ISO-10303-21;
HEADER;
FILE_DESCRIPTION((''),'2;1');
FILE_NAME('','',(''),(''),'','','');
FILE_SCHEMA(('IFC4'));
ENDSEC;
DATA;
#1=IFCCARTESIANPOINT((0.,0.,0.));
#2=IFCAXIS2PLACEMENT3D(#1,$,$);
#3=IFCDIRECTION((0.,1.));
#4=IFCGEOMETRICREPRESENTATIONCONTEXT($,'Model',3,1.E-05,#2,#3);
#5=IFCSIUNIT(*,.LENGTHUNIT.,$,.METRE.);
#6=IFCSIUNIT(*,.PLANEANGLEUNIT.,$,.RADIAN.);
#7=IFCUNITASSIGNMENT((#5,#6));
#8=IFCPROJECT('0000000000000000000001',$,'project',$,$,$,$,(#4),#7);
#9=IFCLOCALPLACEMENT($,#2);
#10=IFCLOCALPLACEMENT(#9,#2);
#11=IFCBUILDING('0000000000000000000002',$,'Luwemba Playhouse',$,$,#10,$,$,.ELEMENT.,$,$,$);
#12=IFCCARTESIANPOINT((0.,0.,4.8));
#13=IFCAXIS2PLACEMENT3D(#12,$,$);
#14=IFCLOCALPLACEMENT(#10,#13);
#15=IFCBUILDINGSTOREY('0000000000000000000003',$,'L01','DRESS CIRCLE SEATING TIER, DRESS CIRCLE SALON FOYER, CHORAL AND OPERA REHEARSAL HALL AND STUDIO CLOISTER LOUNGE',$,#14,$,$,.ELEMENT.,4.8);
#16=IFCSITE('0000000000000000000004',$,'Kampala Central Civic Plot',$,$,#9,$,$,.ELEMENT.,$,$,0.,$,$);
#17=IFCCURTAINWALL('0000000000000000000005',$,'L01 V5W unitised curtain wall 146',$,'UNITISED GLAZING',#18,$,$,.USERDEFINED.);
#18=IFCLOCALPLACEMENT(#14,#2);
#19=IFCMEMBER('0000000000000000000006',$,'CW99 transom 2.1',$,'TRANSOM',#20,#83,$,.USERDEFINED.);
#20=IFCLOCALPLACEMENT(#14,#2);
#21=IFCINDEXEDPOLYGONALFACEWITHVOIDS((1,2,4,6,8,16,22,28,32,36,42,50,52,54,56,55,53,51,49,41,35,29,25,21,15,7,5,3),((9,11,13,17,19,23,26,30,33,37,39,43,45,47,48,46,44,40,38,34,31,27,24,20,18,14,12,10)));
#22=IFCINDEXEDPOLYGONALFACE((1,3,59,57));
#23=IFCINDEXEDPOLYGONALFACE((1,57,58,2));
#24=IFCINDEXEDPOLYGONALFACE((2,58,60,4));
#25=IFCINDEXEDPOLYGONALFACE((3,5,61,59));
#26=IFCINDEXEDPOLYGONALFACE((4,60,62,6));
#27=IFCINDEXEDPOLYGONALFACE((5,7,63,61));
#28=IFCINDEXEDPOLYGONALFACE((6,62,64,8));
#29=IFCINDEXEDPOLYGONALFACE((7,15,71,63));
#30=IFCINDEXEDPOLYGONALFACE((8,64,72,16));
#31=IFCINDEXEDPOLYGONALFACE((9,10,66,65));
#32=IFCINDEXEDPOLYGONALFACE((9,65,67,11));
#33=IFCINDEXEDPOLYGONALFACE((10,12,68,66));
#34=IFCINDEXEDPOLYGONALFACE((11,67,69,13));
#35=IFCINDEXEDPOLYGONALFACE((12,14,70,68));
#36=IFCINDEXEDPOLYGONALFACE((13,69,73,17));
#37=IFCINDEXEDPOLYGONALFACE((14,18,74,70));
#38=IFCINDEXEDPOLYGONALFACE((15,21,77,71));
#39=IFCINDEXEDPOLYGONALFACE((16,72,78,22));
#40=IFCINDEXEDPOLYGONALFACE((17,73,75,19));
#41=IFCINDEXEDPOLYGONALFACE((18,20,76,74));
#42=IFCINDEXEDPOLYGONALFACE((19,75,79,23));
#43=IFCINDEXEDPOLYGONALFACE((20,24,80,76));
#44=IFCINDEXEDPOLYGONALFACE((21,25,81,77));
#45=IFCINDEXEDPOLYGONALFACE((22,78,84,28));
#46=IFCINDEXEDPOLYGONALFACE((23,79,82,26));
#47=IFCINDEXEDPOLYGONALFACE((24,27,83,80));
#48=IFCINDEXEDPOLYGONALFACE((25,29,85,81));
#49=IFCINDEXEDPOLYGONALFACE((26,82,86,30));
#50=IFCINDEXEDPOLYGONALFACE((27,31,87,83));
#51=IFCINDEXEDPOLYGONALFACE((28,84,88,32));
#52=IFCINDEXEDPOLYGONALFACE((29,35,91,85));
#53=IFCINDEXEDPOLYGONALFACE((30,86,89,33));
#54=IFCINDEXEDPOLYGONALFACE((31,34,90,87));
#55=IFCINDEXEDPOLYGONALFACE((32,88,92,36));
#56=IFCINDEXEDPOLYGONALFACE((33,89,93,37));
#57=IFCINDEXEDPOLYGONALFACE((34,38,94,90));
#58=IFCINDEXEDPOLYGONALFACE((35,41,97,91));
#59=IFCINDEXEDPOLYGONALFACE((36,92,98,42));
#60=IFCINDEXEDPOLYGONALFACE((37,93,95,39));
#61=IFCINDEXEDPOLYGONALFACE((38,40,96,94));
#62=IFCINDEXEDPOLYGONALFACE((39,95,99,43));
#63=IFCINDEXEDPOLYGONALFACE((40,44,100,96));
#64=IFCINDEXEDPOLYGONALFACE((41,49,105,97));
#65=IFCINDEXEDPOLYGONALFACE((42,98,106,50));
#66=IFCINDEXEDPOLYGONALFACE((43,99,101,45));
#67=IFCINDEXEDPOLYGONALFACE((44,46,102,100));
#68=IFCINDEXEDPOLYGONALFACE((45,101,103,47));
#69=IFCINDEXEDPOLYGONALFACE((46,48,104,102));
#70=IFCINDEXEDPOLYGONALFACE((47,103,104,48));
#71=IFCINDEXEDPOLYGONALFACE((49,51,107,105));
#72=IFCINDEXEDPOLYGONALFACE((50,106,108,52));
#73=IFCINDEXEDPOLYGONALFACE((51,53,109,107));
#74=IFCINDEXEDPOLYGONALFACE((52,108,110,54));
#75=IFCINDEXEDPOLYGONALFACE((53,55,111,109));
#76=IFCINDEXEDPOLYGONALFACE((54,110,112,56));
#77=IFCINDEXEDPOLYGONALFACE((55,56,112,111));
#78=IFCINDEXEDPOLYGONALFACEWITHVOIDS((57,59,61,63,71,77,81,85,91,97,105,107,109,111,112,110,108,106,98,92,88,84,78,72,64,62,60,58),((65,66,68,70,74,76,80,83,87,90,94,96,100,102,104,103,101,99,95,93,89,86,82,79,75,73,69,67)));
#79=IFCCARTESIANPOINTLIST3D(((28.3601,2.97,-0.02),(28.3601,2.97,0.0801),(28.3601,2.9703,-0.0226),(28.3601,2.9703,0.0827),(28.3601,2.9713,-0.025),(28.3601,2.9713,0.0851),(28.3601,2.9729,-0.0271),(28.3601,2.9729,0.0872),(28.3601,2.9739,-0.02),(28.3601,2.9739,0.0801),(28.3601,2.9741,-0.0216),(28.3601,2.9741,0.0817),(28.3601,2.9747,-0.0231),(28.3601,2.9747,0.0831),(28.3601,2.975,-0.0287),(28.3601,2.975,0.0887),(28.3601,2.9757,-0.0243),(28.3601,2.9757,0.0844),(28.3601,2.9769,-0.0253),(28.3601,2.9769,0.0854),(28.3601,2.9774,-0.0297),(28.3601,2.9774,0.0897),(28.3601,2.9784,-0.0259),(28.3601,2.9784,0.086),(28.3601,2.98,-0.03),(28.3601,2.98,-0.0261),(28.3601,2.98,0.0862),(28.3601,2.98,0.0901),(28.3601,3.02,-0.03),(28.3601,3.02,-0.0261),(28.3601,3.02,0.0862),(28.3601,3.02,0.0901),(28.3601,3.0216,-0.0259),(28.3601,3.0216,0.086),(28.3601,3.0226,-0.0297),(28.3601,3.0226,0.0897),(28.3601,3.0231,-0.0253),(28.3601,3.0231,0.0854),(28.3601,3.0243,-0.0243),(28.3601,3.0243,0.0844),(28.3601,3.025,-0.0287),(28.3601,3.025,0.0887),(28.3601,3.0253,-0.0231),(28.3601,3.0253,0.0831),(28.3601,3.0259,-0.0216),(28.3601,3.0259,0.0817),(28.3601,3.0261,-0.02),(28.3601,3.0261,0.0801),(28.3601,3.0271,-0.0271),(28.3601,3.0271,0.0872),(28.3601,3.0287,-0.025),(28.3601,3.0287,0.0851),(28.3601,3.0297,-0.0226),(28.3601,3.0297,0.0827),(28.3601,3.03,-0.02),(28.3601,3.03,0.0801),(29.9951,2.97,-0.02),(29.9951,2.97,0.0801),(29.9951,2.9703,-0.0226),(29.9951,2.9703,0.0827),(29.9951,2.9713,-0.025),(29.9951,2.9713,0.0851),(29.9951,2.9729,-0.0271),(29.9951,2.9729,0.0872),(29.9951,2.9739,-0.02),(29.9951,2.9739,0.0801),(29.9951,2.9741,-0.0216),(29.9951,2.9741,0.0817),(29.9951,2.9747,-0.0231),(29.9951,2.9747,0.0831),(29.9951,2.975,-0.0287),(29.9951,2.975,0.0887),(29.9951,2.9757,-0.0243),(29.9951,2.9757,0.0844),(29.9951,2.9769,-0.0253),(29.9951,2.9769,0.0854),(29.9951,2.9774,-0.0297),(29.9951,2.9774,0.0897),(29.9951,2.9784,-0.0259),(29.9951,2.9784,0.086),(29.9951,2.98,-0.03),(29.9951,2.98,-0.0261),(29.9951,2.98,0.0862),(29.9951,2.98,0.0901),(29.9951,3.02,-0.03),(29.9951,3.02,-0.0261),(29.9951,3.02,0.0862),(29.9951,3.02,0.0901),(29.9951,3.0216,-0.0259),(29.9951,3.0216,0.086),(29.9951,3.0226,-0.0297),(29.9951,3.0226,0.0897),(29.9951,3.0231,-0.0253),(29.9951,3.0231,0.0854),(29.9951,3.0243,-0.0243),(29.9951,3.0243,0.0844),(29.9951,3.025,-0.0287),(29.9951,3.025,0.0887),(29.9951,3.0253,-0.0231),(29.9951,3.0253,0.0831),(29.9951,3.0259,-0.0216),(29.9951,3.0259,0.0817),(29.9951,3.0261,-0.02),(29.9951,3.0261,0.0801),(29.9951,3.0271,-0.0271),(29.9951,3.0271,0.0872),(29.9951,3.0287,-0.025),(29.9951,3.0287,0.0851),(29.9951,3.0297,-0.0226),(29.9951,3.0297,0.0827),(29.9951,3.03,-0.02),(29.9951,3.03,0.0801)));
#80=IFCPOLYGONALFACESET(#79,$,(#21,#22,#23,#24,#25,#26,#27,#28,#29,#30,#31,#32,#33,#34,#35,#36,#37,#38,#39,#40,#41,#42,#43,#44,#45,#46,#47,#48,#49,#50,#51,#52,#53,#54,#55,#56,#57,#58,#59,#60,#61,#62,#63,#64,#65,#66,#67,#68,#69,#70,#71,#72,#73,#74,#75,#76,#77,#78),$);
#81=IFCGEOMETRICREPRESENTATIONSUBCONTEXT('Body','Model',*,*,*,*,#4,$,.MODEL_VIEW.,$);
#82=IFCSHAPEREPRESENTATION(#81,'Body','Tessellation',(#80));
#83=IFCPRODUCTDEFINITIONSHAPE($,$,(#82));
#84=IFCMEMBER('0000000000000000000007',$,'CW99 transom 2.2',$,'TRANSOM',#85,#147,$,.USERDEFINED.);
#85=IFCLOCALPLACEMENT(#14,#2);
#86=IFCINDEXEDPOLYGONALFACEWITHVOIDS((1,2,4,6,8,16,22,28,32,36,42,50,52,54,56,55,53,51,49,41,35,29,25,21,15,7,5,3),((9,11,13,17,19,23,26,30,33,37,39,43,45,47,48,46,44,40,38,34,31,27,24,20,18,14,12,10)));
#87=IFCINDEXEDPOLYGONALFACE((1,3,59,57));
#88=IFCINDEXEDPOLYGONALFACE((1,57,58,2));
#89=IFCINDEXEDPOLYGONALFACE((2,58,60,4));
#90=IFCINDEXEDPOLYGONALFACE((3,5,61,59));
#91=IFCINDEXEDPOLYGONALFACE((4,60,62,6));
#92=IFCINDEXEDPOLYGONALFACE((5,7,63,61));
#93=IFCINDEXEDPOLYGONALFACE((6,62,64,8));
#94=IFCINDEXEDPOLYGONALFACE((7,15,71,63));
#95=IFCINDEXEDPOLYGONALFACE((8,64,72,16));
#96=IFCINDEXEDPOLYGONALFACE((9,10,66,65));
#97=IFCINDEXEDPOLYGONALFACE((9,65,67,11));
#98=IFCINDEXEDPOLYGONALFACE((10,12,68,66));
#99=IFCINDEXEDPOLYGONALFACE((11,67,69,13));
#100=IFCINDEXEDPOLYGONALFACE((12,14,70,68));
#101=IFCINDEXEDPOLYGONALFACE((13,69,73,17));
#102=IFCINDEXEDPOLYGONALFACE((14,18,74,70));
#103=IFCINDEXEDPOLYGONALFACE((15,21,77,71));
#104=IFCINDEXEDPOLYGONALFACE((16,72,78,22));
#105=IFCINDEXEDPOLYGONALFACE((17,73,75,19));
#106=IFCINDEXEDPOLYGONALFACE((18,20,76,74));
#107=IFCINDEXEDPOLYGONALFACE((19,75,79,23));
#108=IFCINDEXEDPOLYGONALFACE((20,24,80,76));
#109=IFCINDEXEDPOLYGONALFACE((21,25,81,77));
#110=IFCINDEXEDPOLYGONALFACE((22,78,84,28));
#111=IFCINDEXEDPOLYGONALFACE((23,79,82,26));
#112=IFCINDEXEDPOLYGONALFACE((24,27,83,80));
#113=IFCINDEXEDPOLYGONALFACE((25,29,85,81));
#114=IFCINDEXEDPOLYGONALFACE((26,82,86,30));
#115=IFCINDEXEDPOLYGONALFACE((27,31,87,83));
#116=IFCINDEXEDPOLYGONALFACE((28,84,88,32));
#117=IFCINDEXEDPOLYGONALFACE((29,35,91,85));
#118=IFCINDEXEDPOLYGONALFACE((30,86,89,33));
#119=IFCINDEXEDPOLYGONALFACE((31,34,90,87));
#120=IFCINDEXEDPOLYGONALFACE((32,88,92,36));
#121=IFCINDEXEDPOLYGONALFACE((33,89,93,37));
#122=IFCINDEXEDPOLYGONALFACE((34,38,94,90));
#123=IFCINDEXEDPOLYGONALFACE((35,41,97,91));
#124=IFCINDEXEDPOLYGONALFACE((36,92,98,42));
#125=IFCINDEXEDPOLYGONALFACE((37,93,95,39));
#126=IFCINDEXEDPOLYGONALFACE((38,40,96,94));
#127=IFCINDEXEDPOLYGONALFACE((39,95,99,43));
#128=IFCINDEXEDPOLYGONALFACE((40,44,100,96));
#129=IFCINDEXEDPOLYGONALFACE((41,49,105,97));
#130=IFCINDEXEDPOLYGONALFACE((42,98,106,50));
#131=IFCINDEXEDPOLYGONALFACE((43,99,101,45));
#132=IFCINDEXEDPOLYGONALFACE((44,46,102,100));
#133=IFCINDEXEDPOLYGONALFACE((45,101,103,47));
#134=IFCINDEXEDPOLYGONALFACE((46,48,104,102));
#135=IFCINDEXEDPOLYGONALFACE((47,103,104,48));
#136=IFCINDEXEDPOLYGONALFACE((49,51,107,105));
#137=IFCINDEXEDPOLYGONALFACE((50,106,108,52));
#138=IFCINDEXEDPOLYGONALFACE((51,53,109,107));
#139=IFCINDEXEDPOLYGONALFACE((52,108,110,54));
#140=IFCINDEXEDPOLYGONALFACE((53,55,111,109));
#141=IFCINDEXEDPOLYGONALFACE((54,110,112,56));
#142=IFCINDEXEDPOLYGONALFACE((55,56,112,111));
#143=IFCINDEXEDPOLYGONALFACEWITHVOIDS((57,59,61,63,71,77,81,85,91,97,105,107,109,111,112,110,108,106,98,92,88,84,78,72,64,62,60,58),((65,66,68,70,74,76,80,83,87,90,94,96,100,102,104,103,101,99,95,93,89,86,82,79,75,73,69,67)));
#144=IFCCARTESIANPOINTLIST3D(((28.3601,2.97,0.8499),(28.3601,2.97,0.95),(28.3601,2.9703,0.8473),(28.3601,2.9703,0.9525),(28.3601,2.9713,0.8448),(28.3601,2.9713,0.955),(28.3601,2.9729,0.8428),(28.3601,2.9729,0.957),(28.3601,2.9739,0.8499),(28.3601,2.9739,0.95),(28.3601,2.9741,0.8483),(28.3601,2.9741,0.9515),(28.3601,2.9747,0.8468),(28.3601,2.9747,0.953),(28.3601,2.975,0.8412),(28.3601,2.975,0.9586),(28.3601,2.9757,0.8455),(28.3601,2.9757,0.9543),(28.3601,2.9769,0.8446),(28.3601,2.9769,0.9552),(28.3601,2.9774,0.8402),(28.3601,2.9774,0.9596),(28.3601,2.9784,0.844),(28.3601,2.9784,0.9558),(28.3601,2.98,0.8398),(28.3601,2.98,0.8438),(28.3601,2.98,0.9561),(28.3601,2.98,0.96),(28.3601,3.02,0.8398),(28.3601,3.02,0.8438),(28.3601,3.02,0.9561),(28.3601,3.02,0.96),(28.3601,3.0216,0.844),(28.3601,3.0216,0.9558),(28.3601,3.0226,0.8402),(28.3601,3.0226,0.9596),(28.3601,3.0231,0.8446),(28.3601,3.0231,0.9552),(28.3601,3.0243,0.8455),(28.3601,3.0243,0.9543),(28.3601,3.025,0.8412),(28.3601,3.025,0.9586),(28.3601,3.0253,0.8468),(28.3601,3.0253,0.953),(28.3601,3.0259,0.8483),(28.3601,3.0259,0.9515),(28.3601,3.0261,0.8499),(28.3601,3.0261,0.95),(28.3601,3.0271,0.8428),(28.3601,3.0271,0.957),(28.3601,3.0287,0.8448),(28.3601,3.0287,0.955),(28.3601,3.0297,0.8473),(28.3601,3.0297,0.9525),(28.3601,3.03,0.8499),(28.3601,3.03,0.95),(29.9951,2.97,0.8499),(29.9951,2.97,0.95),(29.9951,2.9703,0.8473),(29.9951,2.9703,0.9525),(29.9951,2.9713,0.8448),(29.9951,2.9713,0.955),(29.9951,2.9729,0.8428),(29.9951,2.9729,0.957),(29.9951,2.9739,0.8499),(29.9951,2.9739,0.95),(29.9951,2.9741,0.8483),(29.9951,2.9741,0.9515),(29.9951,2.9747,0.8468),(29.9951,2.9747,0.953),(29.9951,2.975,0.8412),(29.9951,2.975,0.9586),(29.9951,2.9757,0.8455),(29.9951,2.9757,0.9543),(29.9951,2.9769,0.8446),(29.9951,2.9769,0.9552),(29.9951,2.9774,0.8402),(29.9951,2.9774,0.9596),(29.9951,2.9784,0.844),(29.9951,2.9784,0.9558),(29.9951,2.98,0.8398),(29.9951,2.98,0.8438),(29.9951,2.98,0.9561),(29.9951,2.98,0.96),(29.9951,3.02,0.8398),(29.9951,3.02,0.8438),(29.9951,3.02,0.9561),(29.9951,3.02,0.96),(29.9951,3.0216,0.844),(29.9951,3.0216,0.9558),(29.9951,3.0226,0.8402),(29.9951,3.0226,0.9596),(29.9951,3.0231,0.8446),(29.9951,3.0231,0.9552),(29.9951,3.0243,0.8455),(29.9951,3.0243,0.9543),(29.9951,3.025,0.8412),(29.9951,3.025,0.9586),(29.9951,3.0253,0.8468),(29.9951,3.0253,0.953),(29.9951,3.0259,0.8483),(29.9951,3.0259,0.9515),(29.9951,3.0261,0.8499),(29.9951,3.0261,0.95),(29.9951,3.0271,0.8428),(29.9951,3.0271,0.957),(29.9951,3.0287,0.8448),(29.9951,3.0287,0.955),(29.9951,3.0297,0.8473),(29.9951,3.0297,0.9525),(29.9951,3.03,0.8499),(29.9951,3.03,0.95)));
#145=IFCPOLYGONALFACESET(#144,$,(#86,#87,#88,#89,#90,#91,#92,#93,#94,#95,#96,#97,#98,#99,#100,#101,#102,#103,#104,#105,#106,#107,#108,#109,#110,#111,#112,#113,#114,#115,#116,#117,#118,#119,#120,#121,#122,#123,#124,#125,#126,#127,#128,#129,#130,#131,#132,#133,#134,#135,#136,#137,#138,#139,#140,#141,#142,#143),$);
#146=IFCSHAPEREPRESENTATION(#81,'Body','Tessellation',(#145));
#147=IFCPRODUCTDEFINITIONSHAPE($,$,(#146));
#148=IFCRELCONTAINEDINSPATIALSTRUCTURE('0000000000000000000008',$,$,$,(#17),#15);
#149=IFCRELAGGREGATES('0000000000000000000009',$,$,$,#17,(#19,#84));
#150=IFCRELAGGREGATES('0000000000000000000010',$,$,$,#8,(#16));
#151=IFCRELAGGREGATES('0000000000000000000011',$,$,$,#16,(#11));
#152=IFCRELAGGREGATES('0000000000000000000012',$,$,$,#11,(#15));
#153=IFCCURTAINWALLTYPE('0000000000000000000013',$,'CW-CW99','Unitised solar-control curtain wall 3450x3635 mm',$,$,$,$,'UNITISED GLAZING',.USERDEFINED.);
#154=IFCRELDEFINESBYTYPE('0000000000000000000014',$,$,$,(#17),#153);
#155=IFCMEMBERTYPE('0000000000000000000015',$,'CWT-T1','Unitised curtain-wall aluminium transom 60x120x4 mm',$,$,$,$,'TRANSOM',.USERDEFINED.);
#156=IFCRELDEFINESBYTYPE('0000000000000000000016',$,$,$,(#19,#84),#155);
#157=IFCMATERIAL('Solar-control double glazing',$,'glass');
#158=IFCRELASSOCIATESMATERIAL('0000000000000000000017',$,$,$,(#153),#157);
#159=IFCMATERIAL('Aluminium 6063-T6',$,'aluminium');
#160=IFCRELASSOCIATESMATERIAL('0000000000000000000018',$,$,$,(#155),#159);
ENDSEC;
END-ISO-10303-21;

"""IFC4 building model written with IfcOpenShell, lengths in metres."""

from ifc_helpers import new_model, si_unit, direction, frame, origin, origin_2d, place, context, subcontext, project, spatial, hollow_rectangle, extrude, material, material_profile, profile_set, type_object, element, aggregate, save


model = new_model("IFC4")

# Units and contexts
model_context = context("Model", 3, precision=1e-05, world=origin(), true_north=direction((0.0, 1.0)))
body_context = subcontext(model_context, "Body", "Model", "MODEL_VIEW")
ifc_project = project(units=[si_unit("LENGTHUNIT", "METRE"), si_unit("PLANEANGLEUNIT", "RADIAN")], contexts=[model_context])

# Site, building, storey
site_placement = place(None, origin())
site = spatial("IfcSite", under=ifc_project, at=site_placement, Name="Kampala Central Civic Plot", CompositionType="ELEMENT", RefElevation=0.0)
building_placement = place(site_placement, origin())
building = spatial("IfcBuilding", under=site, at=building_placement, Name="Luwemba Playhouse", CompositionType="ELEMENT")
storey_placement = place(building_placement, frame((0.0, 0.0, 4.8)))
storey = spatial("IfcBuildingStorey", under=building, at=storey_placement, Name="L01", Description="DRESS CIRCLE SEATING TIER, DRESS CIRCLE SALON FOYER, CHORAL AND OPERA REHEARSAL HALL AND STUDIO CLOISTER LOUNGE", CompositionType="ELEMENT", Elevation=4.8)

# Curtain wall
ifc_material_1 = material(Name="Solar-control double glazing", Category="glass")
curtain_wall_type_1 = type_object("IfcCurtainWallType", Name="CW-CW99", Description="Unitised solar-control curtain wall 3450x3635 mm", ElementType="UNITISED GLAZING", PredefinedType="USERDEFINED", material=ifc_material_1)
curtain_wall_1_placement = place(storey_placement, origin())
curtain_wall_1 = element("IfcCurtainWall", 1, at=curtain_wall_1_placement, inside=storey, type_object=curtain_wall_type_1, Name="L01 V5W unitised curtain wall 146", ObjectType="UNITISED GLAZING", PredefinedType="USERDEFINED")
ifc_material_2 = material(Name="Aluminium 6063-T6", Category="aluminium")

# Members
ifc_material_profile_1 = material_profile(ifc_material_2, hollow_rectangle(XDim=0.0601, YDim=0.1201, WallThickness=0.0039, InnerFilletRadius=0.0061, OuterFilletRadius=0.01, at=origin_2d()))
ifc_profile_set_1 = profile_set([ifc_material_profile_1], Name="Aluminium 6063-T6")
member_type_1 = type_object("IfcMemberType", Name="CWT-T1", Description="Unitised curtain-wall aluminium transom 60x120x4 mm", ElementType="TRANSOM", PredefinedType="USERDEFINED", material=ifc_profile_set_1)
member_1_placement = place(storey_placement, frame((29.9951, 3.0, 0.03), z_axis=(-1.0, 0.0, 0.0), x_axis=(0.0, -1.0, 0.0)))
member_1 = element("IfcMember", 2, at=member_1_placement, type_object=member_type_1, Name="CW99 transom 2.1", ObjectType="TRANSOM", PredefinedType="USERDEFINED", context=body_context, shape_type="SweptSolid", body=[
    extrude(hollow_rectangle(XDim=0.0601, YDim=0.1201, WallThickness=0.0039, InnerFilletRadius=0.0061, OuterFilletRadius=0.01, at=origin_2d()), origin(), (0.0, 0.0, 1.0), 1.635),
])
member_2_placement = place(storey_placement, frame((29.9951, 3.0, 0.8999), z_axis=(-1.0, 0.0, 0.0), x_axis=(0.0, -1.0, 0.0)))
member_2 = element("IfcMember", 3, at=member_2_placement, type_object=member_type_1, Name="CW99 transom 2.2", ObjectType="TRANSOM", PredefinedType="USERDEFINED", context=body_context, shape_type="SweptSolid", body=[
    extrude(hollow_rectangle(XDim=0.0601, YDim=0.1201, WallThickness=0.0039, InnerFilletRadius=0.0061, OuterFilletRadius=0.01, at=origin_2d()), origin(), (0.0, 0.0, 1.0), 1.635),
])

aggregate(curtain_wall_1, [member_1, member_2])

save(model, "model.ifc")
